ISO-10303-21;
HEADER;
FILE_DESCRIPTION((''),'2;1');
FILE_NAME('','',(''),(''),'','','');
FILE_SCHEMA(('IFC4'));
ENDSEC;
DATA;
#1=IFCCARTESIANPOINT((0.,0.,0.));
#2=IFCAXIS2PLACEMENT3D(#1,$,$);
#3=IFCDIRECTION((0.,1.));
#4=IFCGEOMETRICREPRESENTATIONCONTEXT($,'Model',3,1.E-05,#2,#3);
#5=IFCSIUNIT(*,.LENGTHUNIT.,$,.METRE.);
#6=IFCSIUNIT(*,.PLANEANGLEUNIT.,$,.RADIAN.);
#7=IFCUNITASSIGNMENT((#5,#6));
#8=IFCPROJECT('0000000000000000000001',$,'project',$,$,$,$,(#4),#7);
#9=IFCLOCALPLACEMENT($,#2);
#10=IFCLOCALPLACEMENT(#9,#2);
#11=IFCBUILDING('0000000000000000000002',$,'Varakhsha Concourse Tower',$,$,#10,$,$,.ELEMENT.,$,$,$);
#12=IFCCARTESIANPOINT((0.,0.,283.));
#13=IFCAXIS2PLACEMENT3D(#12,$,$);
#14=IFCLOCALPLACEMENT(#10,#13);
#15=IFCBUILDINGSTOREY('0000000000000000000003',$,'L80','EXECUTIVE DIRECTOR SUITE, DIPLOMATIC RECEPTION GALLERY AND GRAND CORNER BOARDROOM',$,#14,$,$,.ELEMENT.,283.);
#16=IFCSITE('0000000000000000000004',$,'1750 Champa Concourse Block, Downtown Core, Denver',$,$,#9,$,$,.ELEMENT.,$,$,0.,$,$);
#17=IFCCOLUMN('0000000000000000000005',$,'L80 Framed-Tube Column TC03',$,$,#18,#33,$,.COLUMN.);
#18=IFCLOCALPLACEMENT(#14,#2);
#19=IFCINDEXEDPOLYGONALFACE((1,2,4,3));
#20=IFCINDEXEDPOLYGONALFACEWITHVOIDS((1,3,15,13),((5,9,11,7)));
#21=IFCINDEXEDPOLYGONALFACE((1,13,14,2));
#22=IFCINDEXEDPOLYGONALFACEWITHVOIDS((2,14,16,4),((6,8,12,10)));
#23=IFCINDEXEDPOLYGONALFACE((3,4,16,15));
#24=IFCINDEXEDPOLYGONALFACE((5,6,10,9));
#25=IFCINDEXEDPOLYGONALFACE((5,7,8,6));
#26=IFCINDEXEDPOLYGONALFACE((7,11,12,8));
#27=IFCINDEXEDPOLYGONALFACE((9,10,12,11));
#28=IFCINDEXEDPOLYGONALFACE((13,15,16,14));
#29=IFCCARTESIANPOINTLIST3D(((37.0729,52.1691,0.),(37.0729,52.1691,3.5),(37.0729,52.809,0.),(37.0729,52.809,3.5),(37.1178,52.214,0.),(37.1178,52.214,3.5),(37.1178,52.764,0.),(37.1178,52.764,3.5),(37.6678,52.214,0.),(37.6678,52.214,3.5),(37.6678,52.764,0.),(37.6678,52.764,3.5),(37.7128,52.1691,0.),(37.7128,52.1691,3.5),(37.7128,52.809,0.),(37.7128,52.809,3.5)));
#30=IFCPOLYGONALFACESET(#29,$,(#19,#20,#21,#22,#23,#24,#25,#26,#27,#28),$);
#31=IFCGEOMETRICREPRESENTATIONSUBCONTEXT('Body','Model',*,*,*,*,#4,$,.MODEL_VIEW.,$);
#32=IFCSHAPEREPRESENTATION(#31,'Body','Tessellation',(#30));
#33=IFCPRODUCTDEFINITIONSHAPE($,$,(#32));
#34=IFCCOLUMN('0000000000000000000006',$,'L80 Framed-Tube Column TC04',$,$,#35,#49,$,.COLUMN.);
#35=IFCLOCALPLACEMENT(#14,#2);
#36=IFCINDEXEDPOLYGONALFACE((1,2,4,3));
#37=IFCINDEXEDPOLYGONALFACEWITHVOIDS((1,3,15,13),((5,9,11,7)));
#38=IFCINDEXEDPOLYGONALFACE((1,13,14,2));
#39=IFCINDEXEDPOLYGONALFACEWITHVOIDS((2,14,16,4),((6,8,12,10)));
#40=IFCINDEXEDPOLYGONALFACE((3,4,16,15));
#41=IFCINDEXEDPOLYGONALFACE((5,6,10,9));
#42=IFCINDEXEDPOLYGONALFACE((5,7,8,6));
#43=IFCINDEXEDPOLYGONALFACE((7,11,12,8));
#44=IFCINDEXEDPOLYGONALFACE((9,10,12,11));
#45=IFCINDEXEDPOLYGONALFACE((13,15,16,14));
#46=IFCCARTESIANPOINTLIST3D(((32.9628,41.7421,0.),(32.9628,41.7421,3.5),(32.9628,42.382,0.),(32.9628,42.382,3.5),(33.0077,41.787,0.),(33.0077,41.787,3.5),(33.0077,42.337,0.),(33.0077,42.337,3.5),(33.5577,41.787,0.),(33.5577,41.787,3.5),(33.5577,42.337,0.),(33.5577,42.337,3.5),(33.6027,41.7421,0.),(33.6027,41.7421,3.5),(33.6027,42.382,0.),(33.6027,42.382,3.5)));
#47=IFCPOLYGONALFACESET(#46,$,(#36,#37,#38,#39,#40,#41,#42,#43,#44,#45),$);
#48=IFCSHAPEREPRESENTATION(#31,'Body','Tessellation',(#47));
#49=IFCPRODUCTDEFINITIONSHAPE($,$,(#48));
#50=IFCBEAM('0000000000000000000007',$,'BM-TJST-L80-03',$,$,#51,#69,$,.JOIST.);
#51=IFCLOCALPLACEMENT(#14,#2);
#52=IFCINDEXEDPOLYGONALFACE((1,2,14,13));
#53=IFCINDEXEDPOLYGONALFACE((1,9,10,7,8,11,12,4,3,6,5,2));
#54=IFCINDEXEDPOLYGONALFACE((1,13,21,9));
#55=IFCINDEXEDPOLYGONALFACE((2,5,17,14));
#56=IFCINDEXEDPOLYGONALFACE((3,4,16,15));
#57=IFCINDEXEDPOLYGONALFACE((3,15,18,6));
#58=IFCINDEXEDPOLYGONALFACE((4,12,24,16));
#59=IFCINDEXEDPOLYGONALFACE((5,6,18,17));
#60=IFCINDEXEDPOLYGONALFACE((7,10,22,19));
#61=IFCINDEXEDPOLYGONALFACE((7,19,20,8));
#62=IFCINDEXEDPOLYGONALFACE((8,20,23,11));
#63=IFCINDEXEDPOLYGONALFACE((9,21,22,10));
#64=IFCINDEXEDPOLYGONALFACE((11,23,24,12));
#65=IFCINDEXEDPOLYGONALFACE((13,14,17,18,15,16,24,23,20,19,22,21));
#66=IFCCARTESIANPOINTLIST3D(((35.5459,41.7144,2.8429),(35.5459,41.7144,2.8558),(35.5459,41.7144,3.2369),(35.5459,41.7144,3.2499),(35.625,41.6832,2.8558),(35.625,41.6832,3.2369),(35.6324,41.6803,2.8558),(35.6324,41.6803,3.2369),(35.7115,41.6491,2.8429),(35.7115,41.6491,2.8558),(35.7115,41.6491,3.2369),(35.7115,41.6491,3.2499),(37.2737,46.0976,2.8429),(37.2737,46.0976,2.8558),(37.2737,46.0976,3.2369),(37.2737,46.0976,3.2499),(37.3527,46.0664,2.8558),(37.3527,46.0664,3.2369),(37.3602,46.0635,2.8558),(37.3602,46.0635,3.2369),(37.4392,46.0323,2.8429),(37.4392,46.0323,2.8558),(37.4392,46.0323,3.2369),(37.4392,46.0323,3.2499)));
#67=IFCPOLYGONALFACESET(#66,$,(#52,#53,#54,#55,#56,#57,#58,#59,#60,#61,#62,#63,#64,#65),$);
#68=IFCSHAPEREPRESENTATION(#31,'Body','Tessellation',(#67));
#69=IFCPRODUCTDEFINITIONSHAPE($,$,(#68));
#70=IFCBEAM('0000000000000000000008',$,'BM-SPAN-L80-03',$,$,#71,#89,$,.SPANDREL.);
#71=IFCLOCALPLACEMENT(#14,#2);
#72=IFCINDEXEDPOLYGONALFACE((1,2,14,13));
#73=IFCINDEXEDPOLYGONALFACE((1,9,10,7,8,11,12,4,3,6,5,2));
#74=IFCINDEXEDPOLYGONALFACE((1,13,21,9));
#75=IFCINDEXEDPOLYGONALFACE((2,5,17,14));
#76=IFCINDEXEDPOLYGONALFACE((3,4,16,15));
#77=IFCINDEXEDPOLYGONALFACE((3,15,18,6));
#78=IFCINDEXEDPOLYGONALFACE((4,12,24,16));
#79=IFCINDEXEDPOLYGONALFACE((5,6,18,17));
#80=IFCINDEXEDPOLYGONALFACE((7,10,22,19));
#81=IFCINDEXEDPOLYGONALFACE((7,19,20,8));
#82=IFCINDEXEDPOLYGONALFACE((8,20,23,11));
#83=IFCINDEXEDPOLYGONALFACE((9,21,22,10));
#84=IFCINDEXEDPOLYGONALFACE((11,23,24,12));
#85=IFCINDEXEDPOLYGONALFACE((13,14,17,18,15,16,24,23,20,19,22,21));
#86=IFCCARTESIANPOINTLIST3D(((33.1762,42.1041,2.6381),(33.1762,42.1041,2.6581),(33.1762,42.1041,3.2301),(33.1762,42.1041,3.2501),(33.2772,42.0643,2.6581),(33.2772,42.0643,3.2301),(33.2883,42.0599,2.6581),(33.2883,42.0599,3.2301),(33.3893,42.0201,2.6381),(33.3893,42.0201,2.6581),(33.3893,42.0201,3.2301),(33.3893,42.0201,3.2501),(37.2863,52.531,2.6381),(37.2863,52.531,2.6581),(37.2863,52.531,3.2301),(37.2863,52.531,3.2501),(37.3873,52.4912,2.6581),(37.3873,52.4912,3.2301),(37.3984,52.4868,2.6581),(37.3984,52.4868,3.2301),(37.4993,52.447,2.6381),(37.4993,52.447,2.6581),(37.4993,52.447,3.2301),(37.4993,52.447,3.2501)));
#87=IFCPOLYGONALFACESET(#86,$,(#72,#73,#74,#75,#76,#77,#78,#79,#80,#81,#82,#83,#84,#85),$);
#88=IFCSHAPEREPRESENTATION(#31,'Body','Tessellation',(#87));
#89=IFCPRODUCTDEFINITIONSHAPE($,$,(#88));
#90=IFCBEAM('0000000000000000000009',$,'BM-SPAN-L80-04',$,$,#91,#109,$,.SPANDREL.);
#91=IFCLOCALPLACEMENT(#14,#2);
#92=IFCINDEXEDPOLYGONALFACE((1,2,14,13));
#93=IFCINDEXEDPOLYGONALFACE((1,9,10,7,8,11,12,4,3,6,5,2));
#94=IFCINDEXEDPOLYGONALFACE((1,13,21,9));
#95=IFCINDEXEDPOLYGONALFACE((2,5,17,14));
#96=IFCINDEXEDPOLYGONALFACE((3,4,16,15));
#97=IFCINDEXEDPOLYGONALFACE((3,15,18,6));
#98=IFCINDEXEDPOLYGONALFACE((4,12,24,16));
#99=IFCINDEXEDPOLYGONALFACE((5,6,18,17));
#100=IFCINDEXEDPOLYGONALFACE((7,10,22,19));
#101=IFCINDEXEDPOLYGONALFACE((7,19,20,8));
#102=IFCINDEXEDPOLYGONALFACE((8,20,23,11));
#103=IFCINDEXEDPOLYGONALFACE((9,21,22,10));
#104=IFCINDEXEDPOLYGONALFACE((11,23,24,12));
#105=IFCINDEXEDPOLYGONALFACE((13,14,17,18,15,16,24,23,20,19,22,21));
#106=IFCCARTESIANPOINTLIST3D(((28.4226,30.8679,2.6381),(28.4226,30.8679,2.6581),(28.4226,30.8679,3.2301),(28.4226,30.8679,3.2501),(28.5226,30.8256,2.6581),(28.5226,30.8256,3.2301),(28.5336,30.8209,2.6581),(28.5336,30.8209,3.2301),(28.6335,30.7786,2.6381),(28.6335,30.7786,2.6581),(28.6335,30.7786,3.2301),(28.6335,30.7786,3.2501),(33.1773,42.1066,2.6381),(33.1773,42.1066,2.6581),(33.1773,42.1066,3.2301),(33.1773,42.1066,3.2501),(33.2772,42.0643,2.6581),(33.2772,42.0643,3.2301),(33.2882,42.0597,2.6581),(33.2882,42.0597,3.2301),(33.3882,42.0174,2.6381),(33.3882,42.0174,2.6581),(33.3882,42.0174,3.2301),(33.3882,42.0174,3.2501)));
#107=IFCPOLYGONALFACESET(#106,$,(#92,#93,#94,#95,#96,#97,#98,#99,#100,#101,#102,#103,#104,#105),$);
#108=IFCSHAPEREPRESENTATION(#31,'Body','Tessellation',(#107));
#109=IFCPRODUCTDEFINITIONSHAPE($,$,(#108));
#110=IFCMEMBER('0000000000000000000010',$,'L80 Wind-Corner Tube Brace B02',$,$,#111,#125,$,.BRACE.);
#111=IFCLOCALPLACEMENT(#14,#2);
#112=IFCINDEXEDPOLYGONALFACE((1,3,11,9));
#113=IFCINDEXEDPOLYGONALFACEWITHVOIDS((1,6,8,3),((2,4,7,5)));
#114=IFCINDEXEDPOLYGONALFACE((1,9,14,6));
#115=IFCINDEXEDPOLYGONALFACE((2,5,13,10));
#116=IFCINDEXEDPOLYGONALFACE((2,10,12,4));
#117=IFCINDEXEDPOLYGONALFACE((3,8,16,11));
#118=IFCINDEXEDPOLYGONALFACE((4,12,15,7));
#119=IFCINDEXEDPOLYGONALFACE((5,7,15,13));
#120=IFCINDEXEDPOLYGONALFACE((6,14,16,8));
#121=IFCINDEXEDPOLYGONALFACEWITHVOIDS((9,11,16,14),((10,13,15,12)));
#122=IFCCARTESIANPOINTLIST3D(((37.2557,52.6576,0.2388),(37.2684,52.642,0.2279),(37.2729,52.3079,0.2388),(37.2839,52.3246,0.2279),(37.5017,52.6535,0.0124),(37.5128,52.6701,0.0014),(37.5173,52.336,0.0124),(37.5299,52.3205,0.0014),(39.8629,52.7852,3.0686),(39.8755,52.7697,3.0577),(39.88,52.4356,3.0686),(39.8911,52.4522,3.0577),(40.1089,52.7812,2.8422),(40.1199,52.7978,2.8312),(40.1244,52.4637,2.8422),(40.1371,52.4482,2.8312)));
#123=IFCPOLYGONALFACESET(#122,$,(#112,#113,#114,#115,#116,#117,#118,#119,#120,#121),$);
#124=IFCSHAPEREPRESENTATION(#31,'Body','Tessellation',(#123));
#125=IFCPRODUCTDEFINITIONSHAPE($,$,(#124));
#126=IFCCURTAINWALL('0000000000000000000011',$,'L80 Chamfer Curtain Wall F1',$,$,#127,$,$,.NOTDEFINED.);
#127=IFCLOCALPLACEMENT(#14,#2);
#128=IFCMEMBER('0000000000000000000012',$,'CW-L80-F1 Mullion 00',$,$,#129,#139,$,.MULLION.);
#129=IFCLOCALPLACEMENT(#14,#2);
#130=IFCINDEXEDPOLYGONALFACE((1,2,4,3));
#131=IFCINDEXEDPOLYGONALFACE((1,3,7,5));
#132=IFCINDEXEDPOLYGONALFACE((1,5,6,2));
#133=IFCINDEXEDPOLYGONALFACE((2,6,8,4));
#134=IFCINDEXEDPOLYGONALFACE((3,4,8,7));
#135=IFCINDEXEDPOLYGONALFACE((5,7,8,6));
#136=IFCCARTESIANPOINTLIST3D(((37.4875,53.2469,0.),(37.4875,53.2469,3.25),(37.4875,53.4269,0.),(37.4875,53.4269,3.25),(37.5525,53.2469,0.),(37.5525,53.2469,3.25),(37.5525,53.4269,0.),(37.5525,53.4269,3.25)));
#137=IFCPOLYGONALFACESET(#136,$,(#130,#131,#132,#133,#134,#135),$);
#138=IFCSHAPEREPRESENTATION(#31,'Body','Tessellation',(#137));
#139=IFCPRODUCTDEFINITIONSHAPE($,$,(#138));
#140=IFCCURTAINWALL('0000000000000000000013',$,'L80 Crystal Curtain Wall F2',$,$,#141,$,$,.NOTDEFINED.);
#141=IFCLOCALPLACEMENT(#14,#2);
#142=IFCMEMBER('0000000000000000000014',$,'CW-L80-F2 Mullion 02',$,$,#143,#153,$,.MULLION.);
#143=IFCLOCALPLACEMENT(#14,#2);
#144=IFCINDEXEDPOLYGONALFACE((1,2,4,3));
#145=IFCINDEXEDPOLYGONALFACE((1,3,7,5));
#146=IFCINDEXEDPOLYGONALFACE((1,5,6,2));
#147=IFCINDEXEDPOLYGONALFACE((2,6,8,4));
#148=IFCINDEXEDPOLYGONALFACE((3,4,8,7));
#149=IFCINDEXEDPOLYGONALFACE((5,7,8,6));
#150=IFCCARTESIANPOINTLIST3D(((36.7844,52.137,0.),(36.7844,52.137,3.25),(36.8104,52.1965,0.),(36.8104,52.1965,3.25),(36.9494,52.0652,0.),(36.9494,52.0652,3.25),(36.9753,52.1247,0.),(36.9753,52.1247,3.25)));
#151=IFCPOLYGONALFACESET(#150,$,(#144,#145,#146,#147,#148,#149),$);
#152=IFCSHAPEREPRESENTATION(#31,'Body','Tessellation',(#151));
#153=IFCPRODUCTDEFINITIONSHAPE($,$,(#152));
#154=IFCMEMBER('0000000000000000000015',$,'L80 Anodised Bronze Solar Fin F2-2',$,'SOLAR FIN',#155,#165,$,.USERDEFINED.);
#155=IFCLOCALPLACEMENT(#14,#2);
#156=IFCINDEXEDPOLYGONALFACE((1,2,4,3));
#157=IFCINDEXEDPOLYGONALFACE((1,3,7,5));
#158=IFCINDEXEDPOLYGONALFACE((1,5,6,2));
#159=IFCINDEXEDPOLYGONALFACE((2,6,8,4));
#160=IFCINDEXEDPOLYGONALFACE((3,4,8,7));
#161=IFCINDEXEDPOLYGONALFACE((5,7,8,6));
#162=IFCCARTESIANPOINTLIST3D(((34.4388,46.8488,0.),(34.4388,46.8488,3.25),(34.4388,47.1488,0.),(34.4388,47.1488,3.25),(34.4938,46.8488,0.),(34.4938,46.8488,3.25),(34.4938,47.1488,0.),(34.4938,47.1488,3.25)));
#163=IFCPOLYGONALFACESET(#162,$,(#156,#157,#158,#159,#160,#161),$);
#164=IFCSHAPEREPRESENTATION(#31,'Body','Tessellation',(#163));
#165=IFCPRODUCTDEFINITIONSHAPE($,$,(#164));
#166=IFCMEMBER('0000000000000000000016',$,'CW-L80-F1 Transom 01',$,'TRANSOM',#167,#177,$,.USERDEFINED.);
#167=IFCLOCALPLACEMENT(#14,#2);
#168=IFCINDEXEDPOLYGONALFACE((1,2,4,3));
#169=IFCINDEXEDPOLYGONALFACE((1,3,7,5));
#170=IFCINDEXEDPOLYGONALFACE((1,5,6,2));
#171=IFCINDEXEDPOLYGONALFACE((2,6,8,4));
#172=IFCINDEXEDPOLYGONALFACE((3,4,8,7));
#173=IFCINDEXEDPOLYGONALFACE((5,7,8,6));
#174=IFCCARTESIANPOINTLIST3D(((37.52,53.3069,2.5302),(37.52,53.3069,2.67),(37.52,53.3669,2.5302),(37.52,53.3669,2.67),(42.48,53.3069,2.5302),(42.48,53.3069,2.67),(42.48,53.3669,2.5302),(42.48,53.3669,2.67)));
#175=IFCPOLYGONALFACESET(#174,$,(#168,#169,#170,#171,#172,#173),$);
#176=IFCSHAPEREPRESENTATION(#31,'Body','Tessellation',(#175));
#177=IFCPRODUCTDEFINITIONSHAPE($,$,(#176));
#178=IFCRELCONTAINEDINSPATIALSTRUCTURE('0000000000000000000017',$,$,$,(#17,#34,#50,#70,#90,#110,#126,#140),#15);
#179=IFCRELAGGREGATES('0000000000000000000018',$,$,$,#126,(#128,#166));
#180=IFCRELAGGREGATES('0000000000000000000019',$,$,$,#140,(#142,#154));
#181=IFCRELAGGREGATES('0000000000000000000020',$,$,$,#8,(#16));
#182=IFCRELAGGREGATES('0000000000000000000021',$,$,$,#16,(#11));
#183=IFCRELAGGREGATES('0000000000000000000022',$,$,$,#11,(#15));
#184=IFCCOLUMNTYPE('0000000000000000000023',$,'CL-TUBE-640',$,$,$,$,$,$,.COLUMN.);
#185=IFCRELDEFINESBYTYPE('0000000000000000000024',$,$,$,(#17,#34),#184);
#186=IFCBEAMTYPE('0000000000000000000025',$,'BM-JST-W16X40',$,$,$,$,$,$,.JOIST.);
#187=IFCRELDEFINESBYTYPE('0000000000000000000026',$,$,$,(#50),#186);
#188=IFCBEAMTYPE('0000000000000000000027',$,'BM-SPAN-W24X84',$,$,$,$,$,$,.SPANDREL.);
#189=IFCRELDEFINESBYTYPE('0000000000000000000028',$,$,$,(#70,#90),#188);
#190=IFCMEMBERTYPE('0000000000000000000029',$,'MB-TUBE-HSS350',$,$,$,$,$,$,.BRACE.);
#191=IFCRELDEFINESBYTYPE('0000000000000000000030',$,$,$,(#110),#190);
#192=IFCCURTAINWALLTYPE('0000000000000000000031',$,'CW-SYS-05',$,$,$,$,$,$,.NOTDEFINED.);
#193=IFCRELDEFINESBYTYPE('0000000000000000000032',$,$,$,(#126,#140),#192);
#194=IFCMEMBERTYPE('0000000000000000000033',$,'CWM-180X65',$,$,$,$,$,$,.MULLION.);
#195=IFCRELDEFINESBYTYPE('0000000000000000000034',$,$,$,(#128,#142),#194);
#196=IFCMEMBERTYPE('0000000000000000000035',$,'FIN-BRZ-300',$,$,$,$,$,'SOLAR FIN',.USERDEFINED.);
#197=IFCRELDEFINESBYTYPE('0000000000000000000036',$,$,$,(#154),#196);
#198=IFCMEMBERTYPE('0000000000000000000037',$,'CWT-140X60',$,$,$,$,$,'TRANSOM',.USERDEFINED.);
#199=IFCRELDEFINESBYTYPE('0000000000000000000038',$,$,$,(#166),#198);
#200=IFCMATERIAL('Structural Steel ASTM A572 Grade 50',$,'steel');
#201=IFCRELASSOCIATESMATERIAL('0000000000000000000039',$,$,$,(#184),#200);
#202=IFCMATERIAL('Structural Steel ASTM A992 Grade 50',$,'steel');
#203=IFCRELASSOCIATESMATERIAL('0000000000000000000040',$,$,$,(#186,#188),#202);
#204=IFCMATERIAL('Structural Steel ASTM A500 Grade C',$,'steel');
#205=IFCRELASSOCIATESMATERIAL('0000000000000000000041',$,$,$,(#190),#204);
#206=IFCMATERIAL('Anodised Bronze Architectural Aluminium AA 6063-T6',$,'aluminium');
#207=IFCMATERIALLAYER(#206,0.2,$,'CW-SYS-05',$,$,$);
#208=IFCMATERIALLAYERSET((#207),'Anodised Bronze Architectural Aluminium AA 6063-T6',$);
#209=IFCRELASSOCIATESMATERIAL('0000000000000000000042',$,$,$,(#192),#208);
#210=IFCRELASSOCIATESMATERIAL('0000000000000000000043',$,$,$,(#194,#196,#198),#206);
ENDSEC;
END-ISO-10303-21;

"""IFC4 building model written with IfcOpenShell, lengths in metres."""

from ifc_helpers import new_model, si_unit, direction, frame, origin, origin_2d, place, context, subcontext, project, spatial, rectangle, hollow_rectangle, i_section, extrude, source, transform, mapped, material, layer, layer_set, material_profile, profile_set, type_object, type_shapes, element, aggregate, save


model = new_model("IFC4")

# Units and contexts
model_context = context("Model", 3, precision=1e-05, world=origin(), true_north=direction((0.0, 1.0)))
body_context = subcontext(model_context, "Body", "Model", "MODEL_VIEW")
ifc_project = project(units=[si_unit("LENGTHUNIT", "METRE"), si_unit("PLANEANGLEUNIT", "RADIAN")], contexts=[model_context])

# Site, building, storey
site_placement = place(None, origin())
site = spatial("IfcSite", under=ifc_project, at=site_placement, Name="1750 Champa Concourse Block, Downtown Core, Denver", CompositionType="ELEMENT", RefElevation=0.0)
building_placement = place(site_placement, origin())
building = spatial("IfcBuilding", under=site, at=building_placement, Name="Varakhsha Concourse Tower", CompositionType="ELEMENT")
storey_placement = place(building_placement, frame((0.0, 0.0, 283.0)))
storey = spatial("IfcBuildingStorey", under=building, at=storey_placement, Name="L80", Description="EXECUTIVE DIRECTOR SUITE, DIPLOMATIC RECEPTION GALLERY AND GRAND CORNER BOARDROOM", CompositionType="ELEMENT", Elevation=283.0)

# Columns
ifc_material_1 = material(Name="Structural Steel ASTM A572 Grade 50", Category="steel")
ifc_material_profile_1 = material_profile(ifc_material_1, hollow_rectangle(XDim=0.6399, YDim=0.6399, WallThickness=0.0449, at=origin_2d()), Name="BOX 640x640x45")
ifc_profile_set_1 = profile_set([ifc_material_profile_1], Name="Structural Steel ASTM A572 Grade 50")
column_type = type_object("IfcColumnType", Name="CL-TUBE-640", PredefinedType="COLUMN", material=ifc_profile_set_1)
for number, where, z_axis, x_axis, name in (
    (1, (37.3928, 52.489, 0.0), (0.0, 0.0, 1.0), (1.0, 0.0, 0.0), "L80 Framed-Tube Column TC03"),
    (2, (33.2827, 42.062, 0.0), (0.0, 0.0, 1.0), (1.0, 0.0, 0.0), "L80 Framed-Tube Column TC04"),
):
    element("IfcColumn", number, at=place(storey_placement, frame(where, z_axis=z_axis, x_axis=x_axis)), inside=storey, type_object=column_type, Name=name, PredefinedType="COLUMN", context=body_context, shape_type="SweptSolid", body=[
        extrude(hollow_rectangle(XDim=0.6399, YDim=0.6399, WallThickness=0.0449, at=origin_2d()), origin(), (0.0, 0.0, 1.0), 3.5),
    ])

# Beams
ifc_material_2 = material(Name="Structural Steel ASTM A992 Grade 50", Category="steel")
ifc_material_profile_2 = material_profile(ifc_material_2, i_section(OverallWidth=0.178, OverallDepth=0.407, WebThickness=0.0081, FlangeThickness=0.0129, at=origin_2d()), Name="W16X40")
ifc_profile_set_2 = profile_set([ifc_material_profile_2], Name="Structural Steel ASTM A992 Grade 50")
beam_type_1 = type_object("IfcBeamType", Name="BM-JST-W16X40", PredefinedType="JOIST", material=ifc_profile_set_2)
beam_1_placement = place(storey_placement, frame((37.3564, 46.0649, 3.0464), z_axis=(-0.366713, -0.930334, 0.0), x_axis=(0.930334, -0.366713, 0.0)))
element("IfcBeam", 3, at=beam_1_placement, inside=storey, type_object=beam_type_1, Name="BM-TJST-L80-03", PredefinedType="JOIST", context=body_context, shape_type="SweptSolid", body=[
    extrude(i_section(OverallWidth=0.178, OverallDepth=0.407, WebThickness=0.0081, FlangeThickness=0.0129, at=origin_2d()), origin(), (0.0, 0.0, 1.0), 4.7114),
])
ifc_material_profile_3 = material_profile(ifc_material_2, i_section(OverallWidth=0.229, OverallDepth=0.6121, WebThickness=0.012, FlangeThickness=0.02, at=origin_2d()), Name="W24X84")
ifc_profile_set_3 = profile_set([ifc_material_profile_3], Name="Structural Steel ASTM A992 Grade 50")
beam_type_2 = type_object("IfcBeamType", Name="BM-SPAN-W24X84", PredefinedType="SPANDREL", material=ifc_profile_set_3)
beam_2_placement = place(storey_placement, frame((37.3928, 52.489, 2.9441), z_axis=(-0.366718, -0.930332, 0.0), x_axis=(0.930332, -0.366718, 0.0)))
element("IfcBeam", 4, at=beam_2_placement, inside=storey, type_object=beam_type_2, Name="BM-SPAN-L80-03", PredefinedType="SPANDREL", context=body_context, shape_type="SweptSolid", body=[
    extrude(i_section(OverallWidth=0.229, OverallDepth=0.6121, WebThickness=0.012, FlangeThickness=0.02, at=origin_2d()), origin(), (0.0, 0.0, 1.0), 11.2078),
])
beam_3_placement = place(storey_placement, frame((33.2827, 42.062, 2.9441), z_axis=(-0.389624, -0.920974, 0.0), x_axis=(0.920974, -0.389624, 0.0)))
element("IfcBeam", 5, at=beam_3_placement, inside=storey, type_object=beam_type_2, Name="BM-SPAN-L80-04", PredefinedType="SPANDREL", context=body_context, shape_type="SweptSolid", body=[
    extrude(i_section(OverallWidth=0.229, OverallDepth=0.6121, WebThickness=0.012, FlangeThickness=0.02, at=origin_2d()), origin(), (0.0, 0.0, 1.0), 12.2031),
])

# Member
ifc_material_3 = material(Name="Structural Steel ASTM A500 Grade C", Category="steel")
ifc_material_profile_4 = material_profile(ifc_material_3, hollow_rectangle(XDim=0.3501, YDim=0.3501, WallThickness=0.0161, at=origin_2d()), Name="HSS 350x350x16")
ifc_profile_set_4 = profile_set([ifc_material_profile_4], Name="Structural Steel ASTM A500 Grade C")
member_type_1 = type_object("IfcMemberType", Name="MB-TUBE-HSS350", PredefinedType="BRACE", material=ifc_profile_set_4)
shared_shape_1 = source(origin(), body_context, "Body", "SweptSolid", [
    extrude(hollow_rectangle(XDim=0.3501, YDim=0.3501, WallThickness=0.0161, at=origin_2d()), origin(), (0.0, 0.0, 1.0), 3.8499),
])
type_shapes(member_type_1, [shared_shape_1])
member_1_placement = place(storey_placement, frame((37.3928, 52.489, 0.1201), z_axis=(0.677209, 0.033166, 0.735043), x_axis=(-0.048916, 0.998803, 0.0)))
element("IfcMember", 6, at=member_1_placement, inside=storey, type_object=member_type_1, Name="L80 Wind-Corner Tube Brace B02", PredefinedType="BRACE", context=body_context, shape_type="MappedRepresentation", body=[
    mapped(shared_shape_1, transform((0.0, 0.0, 0.0), scale=1.0)),
])

# Curtain wall, member
ifc_material_4 = material(Name="Anodised Bronze Architectural Aluminium AA 6063-T6", Category="aluminium")
ifc_layer_1 = layer(ifc_material_4, 0.2, Name="CW-SYS-05")
ifc_layer_set_1 = layer_set([ifc_layer_1], Name="Anodised Bronze Architectural Aluminium AA 6063-T6")
curtain_wall_type = type_object("IfcCurtainWallType", Name="CW-SYS-05", PredefinedType="NOTDEFINED", material=ifc_layer_set_1)
curtain_wall_1_placement = place(storey_placement, origin())
curtain_wall_1 = element("IfcCurtainWall", 7, at=curtain_wall_1_placement, inside=storey, type_object=curtain_wall_type, Name="L80 Chamfer Curtain Wall F1", PredefinedType="NOTDEFINED")
ifc_material_profile_5 = material_profile(ifc_material_4, rectangle(XDim=0.0649, YDim=0.1799, at=origin_2d()), Name="CWM-180X65")
ifc_profile_set_5 = profile_set([ifc_material_profile_5], Name="Anodised Bronze Architectural Aluminium AA 6063-T6")
member_type_2 = type_object("IfcMemberType", Name="CWM-180X65", PredefinedType="MULLION", material=ifc_profile_set_5)
shared_shape_2 = source(origin(), body_context, "Body", "SweptSolid", [
    extrude(rectangle(XDim=0.0649, YDim=0.1799, at=origin_2d()), origin(), (0.0, 0.0, 1.0), 3.25),
])
type_shapes(member_type_2, [shared_shape_2])
member_2_placement = place(storey_placement, frame((37.52, 53.3369, 0.0), z_axis=(0.0, 0.0, 1.0), x_axis=(1.0, 0.0, 0.0)))
member_2 = element("IfcMember", 8, at=member_2_placement, type_object=member_type_2, Name="CW-L80-F1 Mullion 00", PredefinedType="MULLION", context=body_context, shape_type="MappedRepresentation", body=[
    mapped(shared_shape_2, transform((0.0, 0.0, 0.0), scale=1.0)),
])

# Curtain wall, members
curtain_wall_2_placement = place(storey_placement, origin())
curtain_wall_2 = element("IfcCurtainWall", 9, at=curtain_wall_2_placement, inside=storey, type_object=curtain_wall_type, Name="L80 Crystal Curtain Wall F2", PredefinedType="NOTDEFINED")
member_3_placement = place(storey_placement, frame((36.8799, 52.1309, 0.0), z_axis=(0.0, 0.0, 1.0), x_axis=(0.399084, 0.916915, 0.0)))
member_3 = element("IfcMember", 10, at=member_3_placement, type_object=member_type_2, Name="CW-L80-F2 Mullion 02", PredefinedType="MULLION", context=body_context, shape_type="MappedRepresentation", body=[
    mapped(shared_shape_2, transform((0.0, 0.0, 0.0), scale=1.0)),
])
ifc_material_profile_6 = material_profile(ifc_material_4, rectangle(XDim=0.0549, YDim=0.3, at=origin_2d()), Name="FIN-BRZ-300")
ifc_profile_set_6 = profile_set([ifc_material_profile_6], Name="Anodised Bronze Architectural Aluminium AA 6063-T6")
member_type_3 = type_object("IfcMemberType", Name="FIN-BRZ-300", ElementType="SOLAR FIN", PredefinedType="USERDEFINED", material=ifc_profile_set_6)
shared_shape_3 = source(origin(), body_context, "Body", "SweptSolid", [
    extrude(rectangle(XDim=0.0549, YDim=0.3, at=origin_2d()), origin(), (0.0, 0.0, 1.0), 3.25),
])
type_shapes(member_type_3, [shared_shape_3])
member_4_placement = place(storey_placement, frame((34.4663, 46.9988, 0.0), z_axis=(0.0, 0.0, 1.0), x_axis=(1.0, 0.0, 0.0)))
member_4 = element("IfcMember", 11, at=member_4_placement, type_object=member_type_3, Name="L80 Anodised Bronze Solar Fin F2-2", ObjectType="SOLAR FIN", PredefinedType="USERDEFINED", context=body_context, shape_type="MappedRepresentation", body=[
    mapped(shared_shape_3, transform((0.0, 0.0, 0.0), scale=1.0)),
])

# Member
ifc_material_profile_7 = material_profile(ifc_material_4, rectangle(XDim=0.0601, YDim=0.1399, at=origin_2d()), Name="CWT-140X60")
ifc_profile_set_7 = profile_set([ifc_material_profile_7], Name="Anodised Bronze Architectural Aluminium AA 6063-T6")
member_type_4 = type_object("IfcMemberType", Name="CWT-140X60", ElementType="TRANSOM", PredefinedType="USERDEFINED", material=ifc_profile_set_7)
shared_shape_4 = source(origin(), body_context, "Body", "SweptSolid", [
    extrude(rectangle(XDim=0.0601, YDim=0.1399, at=origin_2d()), origin(), (0.0, 0.0, 1.0), 4.96),
])
type_shapes(member_type_4, [shared_shape_4])
member_5_placement = place(storey_placement, frame((37.52, 53.3369, 2.6001), z_axis=(1.0, 0.0, 0.0), x_axis=(0.0, 1.0, 0.0)))
member_5 = element("IfcMember", 12, at=member_5_placement, type_object=member_type_4, Name="CW-L80-F1 Transom 01", ObjectType="TRANSOM", PredefinedType="USERDEFINED", context=body_context, shape_type="MappedRepresentation", body=[
    mapped(shared_shape_4, transform((0.0, 0.0, 0.0), scale=1.0)),
])
aggregate(curtain_wall_1, [member_2, member_5])

aggregate(curtain_wall_2, [member_3, member_4])

save(model, "model.ifc")
